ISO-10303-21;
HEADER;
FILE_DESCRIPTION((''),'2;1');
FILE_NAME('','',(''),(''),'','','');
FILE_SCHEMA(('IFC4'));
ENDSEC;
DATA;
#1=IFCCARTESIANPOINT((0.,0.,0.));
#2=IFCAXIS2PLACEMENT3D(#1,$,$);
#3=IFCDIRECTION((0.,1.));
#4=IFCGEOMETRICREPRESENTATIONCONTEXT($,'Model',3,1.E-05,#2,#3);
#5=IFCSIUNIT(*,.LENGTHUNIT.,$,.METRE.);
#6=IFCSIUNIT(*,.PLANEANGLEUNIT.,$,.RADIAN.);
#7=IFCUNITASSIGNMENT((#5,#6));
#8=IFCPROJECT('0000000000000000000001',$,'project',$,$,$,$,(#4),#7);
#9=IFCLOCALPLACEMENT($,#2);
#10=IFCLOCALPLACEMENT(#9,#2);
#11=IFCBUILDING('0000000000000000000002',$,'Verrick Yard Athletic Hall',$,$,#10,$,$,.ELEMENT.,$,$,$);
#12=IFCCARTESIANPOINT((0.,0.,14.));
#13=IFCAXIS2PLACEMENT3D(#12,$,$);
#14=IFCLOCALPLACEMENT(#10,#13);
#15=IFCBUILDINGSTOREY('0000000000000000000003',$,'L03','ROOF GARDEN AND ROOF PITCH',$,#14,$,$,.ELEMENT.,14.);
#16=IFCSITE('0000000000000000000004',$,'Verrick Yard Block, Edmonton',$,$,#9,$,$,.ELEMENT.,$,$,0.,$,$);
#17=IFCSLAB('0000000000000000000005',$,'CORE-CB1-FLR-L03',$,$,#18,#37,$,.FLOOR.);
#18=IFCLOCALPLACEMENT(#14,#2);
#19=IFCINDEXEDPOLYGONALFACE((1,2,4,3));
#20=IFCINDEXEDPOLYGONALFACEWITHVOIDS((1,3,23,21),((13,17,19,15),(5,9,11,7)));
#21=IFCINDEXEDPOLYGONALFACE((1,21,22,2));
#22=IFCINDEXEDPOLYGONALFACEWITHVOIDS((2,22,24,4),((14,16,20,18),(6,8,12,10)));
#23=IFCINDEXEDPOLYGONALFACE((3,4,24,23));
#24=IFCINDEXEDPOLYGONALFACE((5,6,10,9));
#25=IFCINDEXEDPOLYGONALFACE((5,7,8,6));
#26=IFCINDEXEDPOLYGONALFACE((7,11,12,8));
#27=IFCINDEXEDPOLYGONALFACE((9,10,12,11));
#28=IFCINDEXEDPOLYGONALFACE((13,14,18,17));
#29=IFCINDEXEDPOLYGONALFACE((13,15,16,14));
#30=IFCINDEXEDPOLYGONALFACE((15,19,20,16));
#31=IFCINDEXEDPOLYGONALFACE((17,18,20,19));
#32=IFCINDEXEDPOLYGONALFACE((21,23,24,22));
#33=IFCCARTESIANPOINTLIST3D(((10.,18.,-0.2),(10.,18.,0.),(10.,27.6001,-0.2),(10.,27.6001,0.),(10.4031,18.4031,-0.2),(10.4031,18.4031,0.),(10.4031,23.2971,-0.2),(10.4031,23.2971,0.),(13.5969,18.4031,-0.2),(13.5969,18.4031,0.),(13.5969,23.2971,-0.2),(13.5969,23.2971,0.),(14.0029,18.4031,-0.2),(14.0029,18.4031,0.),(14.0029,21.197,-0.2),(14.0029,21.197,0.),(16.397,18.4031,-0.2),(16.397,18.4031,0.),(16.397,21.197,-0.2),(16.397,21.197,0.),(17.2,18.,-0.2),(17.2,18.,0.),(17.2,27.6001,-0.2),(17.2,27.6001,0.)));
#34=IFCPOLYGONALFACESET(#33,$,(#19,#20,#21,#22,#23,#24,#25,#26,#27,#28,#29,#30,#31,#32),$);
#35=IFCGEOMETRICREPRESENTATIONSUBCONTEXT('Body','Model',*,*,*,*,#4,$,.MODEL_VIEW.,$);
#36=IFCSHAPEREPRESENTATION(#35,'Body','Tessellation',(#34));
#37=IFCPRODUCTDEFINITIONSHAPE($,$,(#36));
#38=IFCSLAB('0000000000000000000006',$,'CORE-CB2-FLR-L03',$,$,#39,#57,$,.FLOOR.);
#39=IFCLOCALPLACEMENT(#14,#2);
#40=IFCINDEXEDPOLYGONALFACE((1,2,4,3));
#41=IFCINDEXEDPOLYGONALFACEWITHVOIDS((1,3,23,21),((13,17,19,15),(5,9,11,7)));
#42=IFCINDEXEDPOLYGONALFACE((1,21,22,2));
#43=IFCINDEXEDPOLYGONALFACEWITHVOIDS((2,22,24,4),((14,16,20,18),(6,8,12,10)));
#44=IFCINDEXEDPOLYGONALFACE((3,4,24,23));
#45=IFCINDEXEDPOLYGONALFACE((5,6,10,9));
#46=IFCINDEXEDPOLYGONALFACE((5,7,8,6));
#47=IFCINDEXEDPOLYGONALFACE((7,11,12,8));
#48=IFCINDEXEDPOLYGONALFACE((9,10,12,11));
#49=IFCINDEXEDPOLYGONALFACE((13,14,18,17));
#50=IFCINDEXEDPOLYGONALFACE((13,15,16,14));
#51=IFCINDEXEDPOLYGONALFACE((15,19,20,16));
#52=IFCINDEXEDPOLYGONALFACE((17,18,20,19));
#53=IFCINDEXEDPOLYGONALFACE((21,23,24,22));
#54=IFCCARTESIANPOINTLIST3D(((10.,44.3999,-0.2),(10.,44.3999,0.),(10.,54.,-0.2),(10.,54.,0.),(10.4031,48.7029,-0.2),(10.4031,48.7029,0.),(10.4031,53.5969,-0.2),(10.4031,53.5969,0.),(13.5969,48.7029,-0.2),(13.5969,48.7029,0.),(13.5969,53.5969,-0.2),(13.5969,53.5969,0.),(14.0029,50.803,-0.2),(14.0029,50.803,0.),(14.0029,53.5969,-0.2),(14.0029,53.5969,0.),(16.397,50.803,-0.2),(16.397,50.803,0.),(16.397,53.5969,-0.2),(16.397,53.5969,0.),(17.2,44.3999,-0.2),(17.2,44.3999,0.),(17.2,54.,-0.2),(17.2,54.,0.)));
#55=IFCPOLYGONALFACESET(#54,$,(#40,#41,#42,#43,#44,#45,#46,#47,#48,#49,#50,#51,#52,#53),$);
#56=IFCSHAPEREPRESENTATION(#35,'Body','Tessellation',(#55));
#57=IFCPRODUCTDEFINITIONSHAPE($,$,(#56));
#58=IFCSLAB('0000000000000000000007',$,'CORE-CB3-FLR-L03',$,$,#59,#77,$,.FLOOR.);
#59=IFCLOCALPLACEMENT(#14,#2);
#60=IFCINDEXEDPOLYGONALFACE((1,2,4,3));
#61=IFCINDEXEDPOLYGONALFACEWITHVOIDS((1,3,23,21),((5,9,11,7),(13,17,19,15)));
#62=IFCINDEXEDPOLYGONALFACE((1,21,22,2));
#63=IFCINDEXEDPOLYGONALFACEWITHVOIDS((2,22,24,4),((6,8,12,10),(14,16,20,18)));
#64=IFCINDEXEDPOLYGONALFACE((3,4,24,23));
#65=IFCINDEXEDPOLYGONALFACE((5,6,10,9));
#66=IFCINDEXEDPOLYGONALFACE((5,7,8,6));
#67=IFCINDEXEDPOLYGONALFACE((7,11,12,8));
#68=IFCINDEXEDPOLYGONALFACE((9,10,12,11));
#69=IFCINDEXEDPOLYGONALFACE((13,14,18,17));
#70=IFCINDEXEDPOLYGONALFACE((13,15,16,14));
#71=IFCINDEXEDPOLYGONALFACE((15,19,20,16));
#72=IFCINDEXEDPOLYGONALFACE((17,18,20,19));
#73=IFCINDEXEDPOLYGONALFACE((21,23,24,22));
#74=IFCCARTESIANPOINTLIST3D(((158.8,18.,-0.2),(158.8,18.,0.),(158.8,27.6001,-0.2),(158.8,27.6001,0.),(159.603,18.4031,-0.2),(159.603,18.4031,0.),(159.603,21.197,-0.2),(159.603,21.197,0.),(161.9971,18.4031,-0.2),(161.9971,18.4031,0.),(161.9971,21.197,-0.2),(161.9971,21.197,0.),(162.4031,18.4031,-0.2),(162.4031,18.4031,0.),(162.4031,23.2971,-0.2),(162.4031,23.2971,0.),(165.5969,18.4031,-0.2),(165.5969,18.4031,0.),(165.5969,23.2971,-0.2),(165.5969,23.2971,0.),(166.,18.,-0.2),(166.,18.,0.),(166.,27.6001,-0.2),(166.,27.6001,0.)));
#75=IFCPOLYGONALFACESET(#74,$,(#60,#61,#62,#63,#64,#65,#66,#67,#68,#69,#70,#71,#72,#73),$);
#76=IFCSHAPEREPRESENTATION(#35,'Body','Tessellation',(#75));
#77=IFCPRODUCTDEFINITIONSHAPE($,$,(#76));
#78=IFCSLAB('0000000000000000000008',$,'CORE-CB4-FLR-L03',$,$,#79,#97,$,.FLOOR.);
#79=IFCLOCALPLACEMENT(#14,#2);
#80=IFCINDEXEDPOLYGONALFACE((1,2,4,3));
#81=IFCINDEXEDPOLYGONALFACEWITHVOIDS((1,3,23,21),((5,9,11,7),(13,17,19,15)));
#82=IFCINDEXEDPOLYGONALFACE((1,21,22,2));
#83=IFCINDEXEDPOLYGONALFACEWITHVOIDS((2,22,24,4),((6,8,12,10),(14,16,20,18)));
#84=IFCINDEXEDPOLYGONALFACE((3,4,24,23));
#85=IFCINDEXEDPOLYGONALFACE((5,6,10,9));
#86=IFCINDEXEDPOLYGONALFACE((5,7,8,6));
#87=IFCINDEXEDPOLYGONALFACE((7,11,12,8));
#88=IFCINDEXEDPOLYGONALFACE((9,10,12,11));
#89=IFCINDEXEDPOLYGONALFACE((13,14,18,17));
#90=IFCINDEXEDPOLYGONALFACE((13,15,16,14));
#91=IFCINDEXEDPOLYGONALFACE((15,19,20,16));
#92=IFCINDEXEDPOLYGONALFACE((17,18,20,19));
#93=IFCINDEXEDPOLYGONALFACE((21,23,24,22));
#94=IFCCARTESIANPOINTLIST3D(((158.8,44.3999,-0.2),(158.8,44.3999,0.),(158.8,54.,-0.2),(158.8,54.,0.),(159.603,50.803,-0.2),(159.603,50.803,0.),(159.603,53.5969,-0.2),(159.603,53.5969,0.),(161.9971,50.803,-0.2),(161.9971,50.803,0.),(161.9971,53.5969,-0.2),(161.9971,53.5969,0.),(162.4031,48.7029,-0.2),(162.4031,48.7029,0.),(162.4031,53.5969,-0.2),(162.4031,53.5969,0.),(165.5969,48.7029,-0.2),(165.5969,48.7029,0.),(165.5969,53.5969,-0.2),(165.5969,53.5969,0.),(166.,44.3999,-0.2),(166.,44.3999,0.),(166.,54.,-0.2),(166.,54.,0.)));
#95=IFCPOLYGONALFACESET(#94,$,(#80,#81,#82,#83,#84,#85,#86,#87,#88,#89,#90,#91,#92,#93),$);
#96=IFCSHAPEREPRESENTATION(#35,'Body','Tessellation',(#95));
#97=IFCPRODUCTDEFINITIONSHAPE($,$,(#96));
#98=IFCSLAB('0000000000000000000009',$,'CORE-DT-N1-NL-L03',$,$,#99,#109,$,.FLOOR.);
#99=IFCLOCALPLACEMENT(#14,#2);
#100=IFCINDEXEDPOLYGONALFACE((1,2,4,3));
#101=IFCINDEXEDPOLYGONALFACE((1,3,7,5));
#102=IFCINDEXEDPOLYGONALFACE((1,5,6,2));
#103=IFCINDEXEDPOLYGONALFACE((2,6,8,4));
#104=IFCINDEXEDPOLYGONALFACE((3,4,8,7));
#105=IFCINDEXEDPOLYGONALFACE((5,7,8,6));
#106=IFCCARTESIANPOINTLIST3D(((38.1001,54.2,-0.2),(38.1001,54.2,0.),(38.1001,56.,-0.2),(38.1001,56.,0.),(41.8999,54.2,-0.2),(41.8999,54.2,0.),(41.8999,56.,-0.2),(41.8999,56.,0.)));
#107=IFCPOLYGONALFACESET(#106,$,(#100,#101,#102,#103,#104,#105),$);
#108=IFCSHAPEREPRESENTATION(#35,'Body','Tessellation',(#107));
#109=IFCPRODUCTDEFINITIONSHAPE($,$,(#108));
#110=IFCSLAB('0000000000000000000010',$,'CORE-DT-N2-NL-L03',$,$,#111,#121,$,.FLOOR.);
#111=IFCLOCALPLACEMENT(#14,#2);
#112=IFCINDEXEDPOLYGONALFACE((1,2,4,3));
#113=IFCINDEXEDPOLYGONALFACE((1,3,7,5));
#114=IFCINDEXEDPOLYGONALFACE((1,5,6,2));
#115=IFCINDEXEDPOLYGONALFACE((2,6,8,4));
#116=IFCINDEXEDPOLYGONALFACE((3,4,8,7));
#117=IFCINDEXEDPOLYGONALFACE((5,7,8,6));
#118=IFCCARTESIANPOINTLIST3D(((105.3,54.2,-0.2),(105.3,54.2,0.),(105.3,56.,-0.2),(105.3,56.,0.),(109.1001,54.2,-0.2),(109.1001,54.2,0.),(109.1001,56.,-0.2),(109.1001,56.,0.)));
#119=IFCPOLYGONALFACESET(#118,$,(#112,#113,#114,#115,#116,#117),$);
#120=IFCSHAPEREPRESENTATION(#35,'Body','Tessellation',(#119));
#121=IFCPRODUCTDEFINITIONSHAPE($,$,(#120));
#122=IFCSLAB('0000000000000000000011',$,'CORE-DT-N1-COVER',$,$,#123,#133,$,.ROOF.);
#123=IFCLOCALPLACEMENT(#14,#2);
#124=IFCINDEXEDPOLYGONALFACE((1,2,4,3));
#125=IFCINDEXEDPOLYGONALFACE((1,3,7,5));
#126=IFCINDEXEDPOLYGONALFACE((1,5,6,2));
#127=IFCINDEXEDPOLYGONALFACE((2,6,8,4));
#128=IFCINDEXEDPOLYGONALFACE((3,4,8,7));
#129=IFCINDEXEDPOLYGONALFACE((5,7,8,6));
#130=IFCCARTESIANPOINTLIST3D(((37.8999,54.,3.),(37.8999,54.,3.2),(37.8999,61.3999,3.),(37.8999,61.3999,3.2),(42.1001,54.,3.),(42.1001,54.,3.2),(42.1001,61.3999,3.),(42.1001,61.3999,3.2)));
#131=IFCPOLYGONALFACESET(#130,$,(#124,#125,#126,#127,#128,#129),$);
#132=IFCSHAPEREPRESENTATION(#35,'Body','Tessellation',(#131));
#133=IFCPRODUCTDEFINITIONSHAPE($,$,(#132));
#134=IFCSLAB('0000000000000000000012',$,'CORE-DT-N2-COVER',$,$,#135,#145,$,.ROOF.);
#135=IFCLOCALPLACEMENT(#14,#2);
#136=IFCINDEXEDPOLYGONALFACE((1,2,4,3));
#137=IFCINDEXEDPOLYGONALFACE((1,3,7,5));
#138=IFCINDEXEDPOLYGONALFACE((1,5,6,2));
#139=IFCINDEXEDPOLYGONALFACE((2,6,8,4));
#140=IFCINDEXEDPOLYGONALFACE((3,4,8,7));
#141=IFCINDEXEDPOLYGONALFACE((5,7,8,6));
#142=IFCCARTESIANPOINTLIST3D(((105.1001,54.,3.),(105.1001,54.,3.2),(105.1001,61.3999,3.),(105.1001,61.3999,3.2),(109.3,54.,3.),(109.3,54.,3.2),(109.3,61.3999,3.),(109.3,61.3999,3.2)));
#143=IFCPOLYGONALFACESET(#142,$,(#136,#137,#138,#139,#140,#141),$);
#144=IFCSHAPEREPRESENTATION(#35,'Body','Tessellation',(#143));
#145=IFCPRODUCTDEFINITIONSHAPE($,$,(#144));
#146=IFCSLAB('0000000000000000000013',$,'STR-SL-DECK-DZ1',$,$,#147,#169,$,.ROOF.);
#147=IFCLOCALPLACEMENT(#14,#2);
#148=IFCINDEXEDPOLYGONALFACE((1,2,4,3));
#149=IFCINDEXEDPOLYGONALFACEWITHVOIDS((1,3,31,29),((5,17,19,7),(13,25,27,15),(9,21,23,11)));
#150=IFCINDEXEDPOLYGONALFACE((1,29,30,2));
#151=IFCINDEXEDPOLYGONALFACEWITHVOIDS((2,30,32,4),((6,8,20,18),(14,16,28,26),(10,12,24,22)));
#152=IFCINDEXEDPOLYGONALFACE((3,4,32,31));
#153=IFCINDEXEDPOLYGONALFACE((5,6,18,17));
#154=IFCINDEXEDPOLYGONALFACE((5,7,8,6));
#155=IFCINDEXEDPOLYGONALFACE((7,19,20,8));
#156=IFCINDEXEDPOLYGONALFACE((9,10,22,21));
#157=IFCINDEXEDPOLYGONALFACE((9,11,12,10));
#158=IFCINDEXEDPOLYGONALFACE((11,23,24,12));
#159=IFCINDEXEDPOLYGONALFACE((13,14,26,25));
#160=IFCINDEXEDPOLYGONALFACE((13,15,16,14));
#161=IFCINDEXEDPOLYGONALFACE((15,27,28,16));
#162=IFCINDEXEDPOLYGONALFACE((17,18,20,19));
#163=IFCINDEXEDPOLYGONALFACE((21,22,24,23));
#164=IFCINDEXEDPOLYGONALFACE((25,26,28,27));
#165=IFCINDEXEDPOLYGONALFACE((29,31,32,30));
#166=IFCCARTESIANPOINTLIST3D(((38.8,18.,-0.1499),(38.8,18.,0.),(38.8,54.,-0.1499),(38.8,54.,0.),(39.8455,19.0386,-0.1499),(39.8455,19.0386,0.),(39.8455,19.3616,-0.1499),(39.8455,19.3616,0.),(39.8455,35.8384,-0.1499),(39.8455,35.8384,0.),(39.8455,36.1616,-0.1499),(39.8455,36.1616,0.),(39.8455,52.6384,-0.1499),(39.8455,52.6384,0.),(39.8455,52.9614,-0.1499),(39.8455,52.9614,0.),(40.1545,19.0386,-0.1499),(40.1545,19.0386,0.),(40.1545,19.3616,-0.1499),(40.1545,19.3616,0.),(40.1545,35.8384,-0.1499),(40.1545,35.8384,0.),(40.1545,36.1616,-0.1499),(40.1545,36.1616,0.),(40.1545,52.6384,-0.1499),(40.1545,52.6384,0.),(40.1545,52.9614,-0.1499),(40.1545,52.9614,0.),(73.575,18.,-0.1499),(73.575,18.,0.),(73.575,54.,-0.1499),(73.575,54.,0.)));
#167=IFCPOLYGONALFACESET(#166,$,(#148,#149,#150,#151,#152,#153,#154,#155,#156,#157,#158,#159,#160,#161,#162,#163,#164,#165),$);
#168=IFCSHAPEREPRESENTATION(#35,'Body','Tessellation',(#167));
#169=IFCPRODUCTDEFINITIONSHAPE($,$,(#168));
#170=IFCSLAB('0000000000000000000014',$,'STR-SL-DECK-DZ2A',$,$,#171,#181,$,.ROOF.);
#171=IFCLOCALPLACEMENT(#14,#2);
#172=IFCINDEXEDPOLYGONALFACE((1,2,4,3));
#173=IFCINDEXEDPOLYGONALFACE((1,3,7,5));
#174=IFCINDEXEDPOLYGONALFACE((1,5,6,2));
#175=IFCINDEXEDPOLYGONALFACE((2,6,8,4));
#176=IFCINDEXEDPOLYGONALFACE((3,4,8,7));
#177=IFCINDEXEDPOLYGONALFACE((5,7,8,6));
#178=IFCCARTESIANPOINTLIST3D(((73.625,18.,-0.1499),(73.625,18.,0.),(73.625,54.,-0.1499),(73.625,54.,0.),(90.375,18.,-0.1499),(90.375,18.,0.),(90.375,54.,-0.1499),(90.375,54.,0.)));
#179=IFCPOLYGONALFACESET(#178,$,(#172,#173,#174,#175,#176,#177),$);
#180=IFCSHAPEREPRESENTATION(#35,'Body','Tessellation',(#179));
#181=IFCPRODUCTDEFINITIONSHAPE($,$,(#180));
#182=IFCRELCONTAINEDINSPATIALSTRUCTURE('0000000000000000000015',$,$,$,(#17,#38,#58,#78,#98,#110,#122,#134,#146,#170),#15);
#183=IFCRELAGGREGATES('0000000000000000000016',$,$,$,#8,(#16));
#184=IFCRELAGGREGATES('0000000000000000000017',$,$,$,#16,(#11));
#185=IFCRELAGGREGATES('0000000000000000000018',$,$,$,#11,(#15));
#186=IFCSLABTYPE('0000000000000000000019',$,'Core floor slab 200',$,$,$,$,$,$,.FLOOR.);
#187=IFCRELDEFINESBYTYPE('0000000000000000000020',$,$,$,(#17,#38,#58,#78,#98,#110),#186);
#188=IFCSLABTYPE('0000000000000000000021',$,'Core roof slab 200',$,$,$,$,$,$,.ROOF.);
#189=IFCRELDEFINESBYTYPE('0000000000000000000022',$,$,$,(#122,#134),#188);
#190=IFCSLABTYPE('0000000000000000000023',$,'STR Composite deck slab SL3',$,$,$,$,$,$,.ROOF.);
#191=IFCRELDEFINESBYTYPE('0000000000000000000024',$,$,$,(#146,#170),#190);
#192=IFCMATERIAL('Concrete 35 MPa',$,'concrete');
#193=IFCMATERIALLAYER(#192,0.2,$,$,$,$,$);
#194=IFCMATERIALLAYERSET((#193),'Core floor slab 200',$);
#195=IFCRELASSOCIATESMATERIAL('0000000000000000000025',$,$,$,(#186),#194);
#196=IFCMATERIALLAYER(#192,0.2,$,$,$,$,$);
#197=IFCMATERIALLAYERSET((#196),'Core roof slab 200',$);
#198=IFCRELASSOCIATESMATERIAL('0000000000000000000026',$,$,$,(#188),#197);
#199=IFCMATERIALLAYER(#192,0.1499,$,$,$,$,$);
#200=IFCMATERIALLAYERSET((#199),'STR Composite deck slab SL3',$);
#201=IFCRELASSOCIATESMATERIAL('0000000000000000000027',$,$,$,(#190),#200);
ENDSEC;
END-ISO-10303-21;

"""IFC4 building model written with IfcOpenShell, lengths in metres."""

from ifc_helpers import new_model, si_unit, direction, frame, origin, place, context, subcontext, project, spatial, polyline, outline, extrude, material, layer, layer_set, type_object, element, save


model = new_model("IFC4")

# Units and contexts
model_context = context("Model", 3, precision=1e-05, world=origin(), true_north=direction((0.0, 1.0)))
body_context = subcontext(model_context, "Body", "Model", "MODEL_VIEW")
ifc_project = project(units=[si_unit("LENGTHUNIT", "METRE"), si_unit("PLANEANGLEUNIT", "RADIAN")], contexts=[model_context])

# Site, building, storey
site_placement = place(None, origin())
site = spatial("IfcSite", under=ifc_project, at=site_placement, Name="Verrick Yard Block, Edmonton", CompositionType="ELEMENT", RefElevation=0.0)
building_placement = place(site_placement, origin())
building = spatial("IfcBuilding", under=site, at=building_placement, Name="Verrick Yard Athletic Hall", CompositionType="ELEMENT")
storey_placement = place(building_placement, frame((0.0, 0.0, 14.0)))
storey = spatial("IfcBuildingStorey", under=building, at=storey_placement, Name="L03", Description="ROOF GARDEN AND ROOF PITCH", CompositionType="ELEMENT", Elevation=14.0)

# Slabs
ifc_material_1 = material(Name="Concrete 35 MPa", Category="concrete")
ifc_layer_1 = layer(ifc_material_1, 0.2)
ifc_layer_set_1 = layer_set([ifc_layer_1], Name="Core floor slab 200")
slab_type_1 = type_object("IfcSlabType", Name="Core floor slab 200", PredefinedType="FLOOR", material=ifc_layer_set_1)
slab_1_placement = place(storey_placement, frame((0.0, 0.0, -0.2)))
element("IfcSlab", 1, at=slab_1_placement, inside=storey, type_object=slab_type_1, Name="CORE-CB1-FLR-L03", PredefinedType="FLOOR", context=body_context, shape_type="SweptSolid", body=[
    extrude(outline(polyline([(10.0, 18.0), (17.2, 18.0), (17.2, 27.6001), (10.0, 27.6001), (10.0, 18.0)]), holes=[polyline([(10.4031, 23.2971), (13.5969, 23.2971), (13.5969, 18.4031), (10.4031, 18.4031), (10.4031, 23.2971)]), polyline([(14.0029, 18.4031), (14.0029, 21.197), (16.397, 21.197), (16.397, 18.4031), (14.0029, 18.4031)])]), origin(), (0.0, 0.0, 1.0), 0.2),
])
slab_2_placement = place(storey_placement, frame((0.0, 0.0, -0.2)))
element("IfcSlab", 2, at=slab_2_placement, inside=storey, type_object=slab_type_1, Name="CORE-CB2-FLR-L03", PredefinedType="FLOOR", context=body_context, shape_type="SweptSolid", body=[
    extrude(outline(polyline([(10.0, 44.3999), (17.2, 44.3999), (17.2, 54.0), (10.0, 54.0), (10.0, 44.3999)]), holes=[polyline([(13.5969, 48.7029), (10.4031, 48.7029), (10.4031, 53.5969), (13.5969, 53.5969), (13.5969, 48.7029)]), polyline([(14.0029, 50.803), (14.0029, 53.5969), (16.397, 53.5969), (16.397, 50.803), (14.0029, 50.803)])]), origin(), (0.0, 0.0, 1.0), 0.2),
])
slab_3_placement = place(storey_placement, frame((0.0, 0.0, -0.2)))
element("IfcSlab", 3, at=slab_3_placement, inside=storey, type_object=slab_type_1, Name="CORE-CB3-FLR-L03", PredefinedType="FLOOR", context=body_context, shape_type="SweptSolid", body=[
    extrude(outline(polyline([(158.8, 18.0), (166.0, 18.0), (166.0, 27.6001), (158.8, 27.6001), (158.8, 18.0)]), holes=[polyline([(162.4031, 23.2971), (165.5969, 23.2971), (165.5969, 18.4031), (162.4031, 18.4031), (162.4031, 23.2971)]), polyline([(159.603, 18.4031), (159.603, 21.197), (161.9971, 21.197), (161.9971, 18.4031), (159.603, 18.4031)])]), origin(), (0.0, 0.0, 1.0), 0.2),
])
slab_4_placement = place(storey_placement, frame((0.0, 0.0, -0.2)))
element("IfcSlab", 4, at=slab_4_placement, inside=storey, type_object=slab_type_1, Name="CORE-CB4-FLR-L03", PredefinedType="FLOOR", context=body_context, shape_type="SweptSolid", body=[
    extrude(outline(polyline([(158.8, 44.3999), (166.0, 44.3999), (166.0, 54.0), (158.8, 54.0), (158.8, 44.3999)]), holes=[polyline([(165.5969, 48.7029), (162.4031, 48.7029), (162.4031, 53.5969), (165.5969, 53.5969), (165.5969, 48.7029)]), polyline([(159.603, 50.803), (159.603, 53.5969), (161.9971, 53.5969), (161.9971, 50.803), (159.603, 50.803)])]), origin(), (0.0, 0.0, 1.0), 0.2),
])
slab_5_placement = place(storey_placement, frame((0.0, 0.0, -0.2)))
element("IfcSlab", 5, at=slab_5_placement, inside=storey, type_object=slab_type_1, Name="CORE-DT-N1-NL-L03", PredefinedType="FLOOR", context=body_context, shape_type="SweptSolid", body=[
    extrude(outline(polyline([(41.8999, 54.2), (41.8999, 56.0), (38.1001, 56.0), (38.1001, 54.2), (41.8999, 54.2)])), origin(), (0.0, 0.0, 1.0), 0.2),
])
slab_6_placement = place(storey_placement, frame((0.0, 0.0, -0.2)))
element("IfcSlab", 6, at=slab_6_placement, inside=storey, type_object=slab_type_1, Name="CORE-DT-N2-NL-L03", PredefinedType="FLOOR", context=body_context, shape_type="SweptSolid", body=[
    extrude(outline(polyline([(109.1001, 54.2), (109.1001, 56.0), (105.3, 56.0), (105.3, 54.2), (109.1001, 54.2)])), origin(), (0.0, 0.0, 1.0), 0.2),
])
ifc_layer_2 = layer(ifc_material_1, 0.2)
ifc_layer_set_2 = layer_set([ifc_layer_2], Name="Core roof slab 200")
slab_type_2 = type_object("IfcSlabType", Name="Core roof slab 200", PredefinedType="ROOF", material=ifc_layer_set_2)
slab_7_placement = place(storey_placement, frame((0.0, 0.0, 3.0)))
element("IfcSlab", 7, at=slab_7_placement, inside=storey, type_object=slab_type_2, Name="CORE-DT-N1-COVER", PredefinedType="ROOF", context=body_context, shape_type="SweptSolid", body=[
    extrude(outline(polyline([(37.8999, 54.0), (42.1001, 54.0), (42.1001, 61.3999), (37.8999, 61.3999), (37.8999, 54.0)])), origin(), (0.0, 0.0, 1.0), 0.2),
])
slab_8_placement = place(storey_placement, frame((0.0, 0.0, 3.0)))
element("IfcSlab", 8, at=slab_8_placement, inside=storey, type_object=slab_type_2, Name="CORE-DT-N2-COVER", PredefinedType="ROOF", context=body_context, shape_type="SweptSolid", body=[
    extrude(outline(polyline([(105.1001, 54.0), (109.3, 54.0), (109.3, 61.3999), (105.1001, 61.3999), (105.1001, 54.0)])), origin(), (0.0, 0.0, 1.0), 0.2),
])
ifc_layer_3 = layer(ifc_material_1, 0.1499)
ifc_layer_set_3 = layer_set([ifc_layer_3], Name="STR Composite deck slab SL3")
slab_type_3 = type_object("IfcSlabType", Name="STR Composite deck slab SL3", PredefinedType="ROOF", material=ifc_layer_set_3)
slab_9_placement = place(storey_placement, frame((0.0, 0.0, -0.1499)))
element("IfcSlab", 9, at=slab_9_placement, inside=storey, type_object=slab_type_3, Name="STR-SL-DECK-DZ1", PredefinedType="ROOF", context=body_context, shape_type="SweptSolid", body=[
    extrude(outline(polyline([(73.575, 54.0), (38.8, 54.0), (38.8, 18.0), (73.575, 18.0), (73.575, 54.0)]), holes=[polyline([(39.8455, 19.0386), (39.8455, 19.3616), (40.1545, 19.3616), (40.1545, 19.0386), (39.8455, 19.0386)]), polyline([(39.8455, 36.1616), (40.1545, 36.1616), (40.1545, 35.8384), (39.8455, 35.8384), (39.8455, 36.1616)]), polyline([(40.1545, 52.9614), (40.1545, 52.6384), (39.8455, 52.6384), (39.8455, 52.9614), (40.1545, 52.9614)])]), origin(), (0.0, 0.0, 1.0), 0.1499),
])
slab_10_placement = place(storey_placement, frame((0.0, 0.0, -0.1499)))
element("IfcSlab", 10, at=slab_10_placement, inside=storey, type_object=slab_type_3, Name="STR-SL-DECK-DZ2A", PredefinedType="ROOF", context=body_context, shape_type="SweptSolid", body=[
    extrude(outline(polyline([(90.375, 54.0), (73.625, 54.0), (73.625, 18.0), (90.375, 18.0), (90.375, 54.0)])), origin(), (0.0, 0.0, 1.0), 0.1499),
])

save(model, "model.ifc")
